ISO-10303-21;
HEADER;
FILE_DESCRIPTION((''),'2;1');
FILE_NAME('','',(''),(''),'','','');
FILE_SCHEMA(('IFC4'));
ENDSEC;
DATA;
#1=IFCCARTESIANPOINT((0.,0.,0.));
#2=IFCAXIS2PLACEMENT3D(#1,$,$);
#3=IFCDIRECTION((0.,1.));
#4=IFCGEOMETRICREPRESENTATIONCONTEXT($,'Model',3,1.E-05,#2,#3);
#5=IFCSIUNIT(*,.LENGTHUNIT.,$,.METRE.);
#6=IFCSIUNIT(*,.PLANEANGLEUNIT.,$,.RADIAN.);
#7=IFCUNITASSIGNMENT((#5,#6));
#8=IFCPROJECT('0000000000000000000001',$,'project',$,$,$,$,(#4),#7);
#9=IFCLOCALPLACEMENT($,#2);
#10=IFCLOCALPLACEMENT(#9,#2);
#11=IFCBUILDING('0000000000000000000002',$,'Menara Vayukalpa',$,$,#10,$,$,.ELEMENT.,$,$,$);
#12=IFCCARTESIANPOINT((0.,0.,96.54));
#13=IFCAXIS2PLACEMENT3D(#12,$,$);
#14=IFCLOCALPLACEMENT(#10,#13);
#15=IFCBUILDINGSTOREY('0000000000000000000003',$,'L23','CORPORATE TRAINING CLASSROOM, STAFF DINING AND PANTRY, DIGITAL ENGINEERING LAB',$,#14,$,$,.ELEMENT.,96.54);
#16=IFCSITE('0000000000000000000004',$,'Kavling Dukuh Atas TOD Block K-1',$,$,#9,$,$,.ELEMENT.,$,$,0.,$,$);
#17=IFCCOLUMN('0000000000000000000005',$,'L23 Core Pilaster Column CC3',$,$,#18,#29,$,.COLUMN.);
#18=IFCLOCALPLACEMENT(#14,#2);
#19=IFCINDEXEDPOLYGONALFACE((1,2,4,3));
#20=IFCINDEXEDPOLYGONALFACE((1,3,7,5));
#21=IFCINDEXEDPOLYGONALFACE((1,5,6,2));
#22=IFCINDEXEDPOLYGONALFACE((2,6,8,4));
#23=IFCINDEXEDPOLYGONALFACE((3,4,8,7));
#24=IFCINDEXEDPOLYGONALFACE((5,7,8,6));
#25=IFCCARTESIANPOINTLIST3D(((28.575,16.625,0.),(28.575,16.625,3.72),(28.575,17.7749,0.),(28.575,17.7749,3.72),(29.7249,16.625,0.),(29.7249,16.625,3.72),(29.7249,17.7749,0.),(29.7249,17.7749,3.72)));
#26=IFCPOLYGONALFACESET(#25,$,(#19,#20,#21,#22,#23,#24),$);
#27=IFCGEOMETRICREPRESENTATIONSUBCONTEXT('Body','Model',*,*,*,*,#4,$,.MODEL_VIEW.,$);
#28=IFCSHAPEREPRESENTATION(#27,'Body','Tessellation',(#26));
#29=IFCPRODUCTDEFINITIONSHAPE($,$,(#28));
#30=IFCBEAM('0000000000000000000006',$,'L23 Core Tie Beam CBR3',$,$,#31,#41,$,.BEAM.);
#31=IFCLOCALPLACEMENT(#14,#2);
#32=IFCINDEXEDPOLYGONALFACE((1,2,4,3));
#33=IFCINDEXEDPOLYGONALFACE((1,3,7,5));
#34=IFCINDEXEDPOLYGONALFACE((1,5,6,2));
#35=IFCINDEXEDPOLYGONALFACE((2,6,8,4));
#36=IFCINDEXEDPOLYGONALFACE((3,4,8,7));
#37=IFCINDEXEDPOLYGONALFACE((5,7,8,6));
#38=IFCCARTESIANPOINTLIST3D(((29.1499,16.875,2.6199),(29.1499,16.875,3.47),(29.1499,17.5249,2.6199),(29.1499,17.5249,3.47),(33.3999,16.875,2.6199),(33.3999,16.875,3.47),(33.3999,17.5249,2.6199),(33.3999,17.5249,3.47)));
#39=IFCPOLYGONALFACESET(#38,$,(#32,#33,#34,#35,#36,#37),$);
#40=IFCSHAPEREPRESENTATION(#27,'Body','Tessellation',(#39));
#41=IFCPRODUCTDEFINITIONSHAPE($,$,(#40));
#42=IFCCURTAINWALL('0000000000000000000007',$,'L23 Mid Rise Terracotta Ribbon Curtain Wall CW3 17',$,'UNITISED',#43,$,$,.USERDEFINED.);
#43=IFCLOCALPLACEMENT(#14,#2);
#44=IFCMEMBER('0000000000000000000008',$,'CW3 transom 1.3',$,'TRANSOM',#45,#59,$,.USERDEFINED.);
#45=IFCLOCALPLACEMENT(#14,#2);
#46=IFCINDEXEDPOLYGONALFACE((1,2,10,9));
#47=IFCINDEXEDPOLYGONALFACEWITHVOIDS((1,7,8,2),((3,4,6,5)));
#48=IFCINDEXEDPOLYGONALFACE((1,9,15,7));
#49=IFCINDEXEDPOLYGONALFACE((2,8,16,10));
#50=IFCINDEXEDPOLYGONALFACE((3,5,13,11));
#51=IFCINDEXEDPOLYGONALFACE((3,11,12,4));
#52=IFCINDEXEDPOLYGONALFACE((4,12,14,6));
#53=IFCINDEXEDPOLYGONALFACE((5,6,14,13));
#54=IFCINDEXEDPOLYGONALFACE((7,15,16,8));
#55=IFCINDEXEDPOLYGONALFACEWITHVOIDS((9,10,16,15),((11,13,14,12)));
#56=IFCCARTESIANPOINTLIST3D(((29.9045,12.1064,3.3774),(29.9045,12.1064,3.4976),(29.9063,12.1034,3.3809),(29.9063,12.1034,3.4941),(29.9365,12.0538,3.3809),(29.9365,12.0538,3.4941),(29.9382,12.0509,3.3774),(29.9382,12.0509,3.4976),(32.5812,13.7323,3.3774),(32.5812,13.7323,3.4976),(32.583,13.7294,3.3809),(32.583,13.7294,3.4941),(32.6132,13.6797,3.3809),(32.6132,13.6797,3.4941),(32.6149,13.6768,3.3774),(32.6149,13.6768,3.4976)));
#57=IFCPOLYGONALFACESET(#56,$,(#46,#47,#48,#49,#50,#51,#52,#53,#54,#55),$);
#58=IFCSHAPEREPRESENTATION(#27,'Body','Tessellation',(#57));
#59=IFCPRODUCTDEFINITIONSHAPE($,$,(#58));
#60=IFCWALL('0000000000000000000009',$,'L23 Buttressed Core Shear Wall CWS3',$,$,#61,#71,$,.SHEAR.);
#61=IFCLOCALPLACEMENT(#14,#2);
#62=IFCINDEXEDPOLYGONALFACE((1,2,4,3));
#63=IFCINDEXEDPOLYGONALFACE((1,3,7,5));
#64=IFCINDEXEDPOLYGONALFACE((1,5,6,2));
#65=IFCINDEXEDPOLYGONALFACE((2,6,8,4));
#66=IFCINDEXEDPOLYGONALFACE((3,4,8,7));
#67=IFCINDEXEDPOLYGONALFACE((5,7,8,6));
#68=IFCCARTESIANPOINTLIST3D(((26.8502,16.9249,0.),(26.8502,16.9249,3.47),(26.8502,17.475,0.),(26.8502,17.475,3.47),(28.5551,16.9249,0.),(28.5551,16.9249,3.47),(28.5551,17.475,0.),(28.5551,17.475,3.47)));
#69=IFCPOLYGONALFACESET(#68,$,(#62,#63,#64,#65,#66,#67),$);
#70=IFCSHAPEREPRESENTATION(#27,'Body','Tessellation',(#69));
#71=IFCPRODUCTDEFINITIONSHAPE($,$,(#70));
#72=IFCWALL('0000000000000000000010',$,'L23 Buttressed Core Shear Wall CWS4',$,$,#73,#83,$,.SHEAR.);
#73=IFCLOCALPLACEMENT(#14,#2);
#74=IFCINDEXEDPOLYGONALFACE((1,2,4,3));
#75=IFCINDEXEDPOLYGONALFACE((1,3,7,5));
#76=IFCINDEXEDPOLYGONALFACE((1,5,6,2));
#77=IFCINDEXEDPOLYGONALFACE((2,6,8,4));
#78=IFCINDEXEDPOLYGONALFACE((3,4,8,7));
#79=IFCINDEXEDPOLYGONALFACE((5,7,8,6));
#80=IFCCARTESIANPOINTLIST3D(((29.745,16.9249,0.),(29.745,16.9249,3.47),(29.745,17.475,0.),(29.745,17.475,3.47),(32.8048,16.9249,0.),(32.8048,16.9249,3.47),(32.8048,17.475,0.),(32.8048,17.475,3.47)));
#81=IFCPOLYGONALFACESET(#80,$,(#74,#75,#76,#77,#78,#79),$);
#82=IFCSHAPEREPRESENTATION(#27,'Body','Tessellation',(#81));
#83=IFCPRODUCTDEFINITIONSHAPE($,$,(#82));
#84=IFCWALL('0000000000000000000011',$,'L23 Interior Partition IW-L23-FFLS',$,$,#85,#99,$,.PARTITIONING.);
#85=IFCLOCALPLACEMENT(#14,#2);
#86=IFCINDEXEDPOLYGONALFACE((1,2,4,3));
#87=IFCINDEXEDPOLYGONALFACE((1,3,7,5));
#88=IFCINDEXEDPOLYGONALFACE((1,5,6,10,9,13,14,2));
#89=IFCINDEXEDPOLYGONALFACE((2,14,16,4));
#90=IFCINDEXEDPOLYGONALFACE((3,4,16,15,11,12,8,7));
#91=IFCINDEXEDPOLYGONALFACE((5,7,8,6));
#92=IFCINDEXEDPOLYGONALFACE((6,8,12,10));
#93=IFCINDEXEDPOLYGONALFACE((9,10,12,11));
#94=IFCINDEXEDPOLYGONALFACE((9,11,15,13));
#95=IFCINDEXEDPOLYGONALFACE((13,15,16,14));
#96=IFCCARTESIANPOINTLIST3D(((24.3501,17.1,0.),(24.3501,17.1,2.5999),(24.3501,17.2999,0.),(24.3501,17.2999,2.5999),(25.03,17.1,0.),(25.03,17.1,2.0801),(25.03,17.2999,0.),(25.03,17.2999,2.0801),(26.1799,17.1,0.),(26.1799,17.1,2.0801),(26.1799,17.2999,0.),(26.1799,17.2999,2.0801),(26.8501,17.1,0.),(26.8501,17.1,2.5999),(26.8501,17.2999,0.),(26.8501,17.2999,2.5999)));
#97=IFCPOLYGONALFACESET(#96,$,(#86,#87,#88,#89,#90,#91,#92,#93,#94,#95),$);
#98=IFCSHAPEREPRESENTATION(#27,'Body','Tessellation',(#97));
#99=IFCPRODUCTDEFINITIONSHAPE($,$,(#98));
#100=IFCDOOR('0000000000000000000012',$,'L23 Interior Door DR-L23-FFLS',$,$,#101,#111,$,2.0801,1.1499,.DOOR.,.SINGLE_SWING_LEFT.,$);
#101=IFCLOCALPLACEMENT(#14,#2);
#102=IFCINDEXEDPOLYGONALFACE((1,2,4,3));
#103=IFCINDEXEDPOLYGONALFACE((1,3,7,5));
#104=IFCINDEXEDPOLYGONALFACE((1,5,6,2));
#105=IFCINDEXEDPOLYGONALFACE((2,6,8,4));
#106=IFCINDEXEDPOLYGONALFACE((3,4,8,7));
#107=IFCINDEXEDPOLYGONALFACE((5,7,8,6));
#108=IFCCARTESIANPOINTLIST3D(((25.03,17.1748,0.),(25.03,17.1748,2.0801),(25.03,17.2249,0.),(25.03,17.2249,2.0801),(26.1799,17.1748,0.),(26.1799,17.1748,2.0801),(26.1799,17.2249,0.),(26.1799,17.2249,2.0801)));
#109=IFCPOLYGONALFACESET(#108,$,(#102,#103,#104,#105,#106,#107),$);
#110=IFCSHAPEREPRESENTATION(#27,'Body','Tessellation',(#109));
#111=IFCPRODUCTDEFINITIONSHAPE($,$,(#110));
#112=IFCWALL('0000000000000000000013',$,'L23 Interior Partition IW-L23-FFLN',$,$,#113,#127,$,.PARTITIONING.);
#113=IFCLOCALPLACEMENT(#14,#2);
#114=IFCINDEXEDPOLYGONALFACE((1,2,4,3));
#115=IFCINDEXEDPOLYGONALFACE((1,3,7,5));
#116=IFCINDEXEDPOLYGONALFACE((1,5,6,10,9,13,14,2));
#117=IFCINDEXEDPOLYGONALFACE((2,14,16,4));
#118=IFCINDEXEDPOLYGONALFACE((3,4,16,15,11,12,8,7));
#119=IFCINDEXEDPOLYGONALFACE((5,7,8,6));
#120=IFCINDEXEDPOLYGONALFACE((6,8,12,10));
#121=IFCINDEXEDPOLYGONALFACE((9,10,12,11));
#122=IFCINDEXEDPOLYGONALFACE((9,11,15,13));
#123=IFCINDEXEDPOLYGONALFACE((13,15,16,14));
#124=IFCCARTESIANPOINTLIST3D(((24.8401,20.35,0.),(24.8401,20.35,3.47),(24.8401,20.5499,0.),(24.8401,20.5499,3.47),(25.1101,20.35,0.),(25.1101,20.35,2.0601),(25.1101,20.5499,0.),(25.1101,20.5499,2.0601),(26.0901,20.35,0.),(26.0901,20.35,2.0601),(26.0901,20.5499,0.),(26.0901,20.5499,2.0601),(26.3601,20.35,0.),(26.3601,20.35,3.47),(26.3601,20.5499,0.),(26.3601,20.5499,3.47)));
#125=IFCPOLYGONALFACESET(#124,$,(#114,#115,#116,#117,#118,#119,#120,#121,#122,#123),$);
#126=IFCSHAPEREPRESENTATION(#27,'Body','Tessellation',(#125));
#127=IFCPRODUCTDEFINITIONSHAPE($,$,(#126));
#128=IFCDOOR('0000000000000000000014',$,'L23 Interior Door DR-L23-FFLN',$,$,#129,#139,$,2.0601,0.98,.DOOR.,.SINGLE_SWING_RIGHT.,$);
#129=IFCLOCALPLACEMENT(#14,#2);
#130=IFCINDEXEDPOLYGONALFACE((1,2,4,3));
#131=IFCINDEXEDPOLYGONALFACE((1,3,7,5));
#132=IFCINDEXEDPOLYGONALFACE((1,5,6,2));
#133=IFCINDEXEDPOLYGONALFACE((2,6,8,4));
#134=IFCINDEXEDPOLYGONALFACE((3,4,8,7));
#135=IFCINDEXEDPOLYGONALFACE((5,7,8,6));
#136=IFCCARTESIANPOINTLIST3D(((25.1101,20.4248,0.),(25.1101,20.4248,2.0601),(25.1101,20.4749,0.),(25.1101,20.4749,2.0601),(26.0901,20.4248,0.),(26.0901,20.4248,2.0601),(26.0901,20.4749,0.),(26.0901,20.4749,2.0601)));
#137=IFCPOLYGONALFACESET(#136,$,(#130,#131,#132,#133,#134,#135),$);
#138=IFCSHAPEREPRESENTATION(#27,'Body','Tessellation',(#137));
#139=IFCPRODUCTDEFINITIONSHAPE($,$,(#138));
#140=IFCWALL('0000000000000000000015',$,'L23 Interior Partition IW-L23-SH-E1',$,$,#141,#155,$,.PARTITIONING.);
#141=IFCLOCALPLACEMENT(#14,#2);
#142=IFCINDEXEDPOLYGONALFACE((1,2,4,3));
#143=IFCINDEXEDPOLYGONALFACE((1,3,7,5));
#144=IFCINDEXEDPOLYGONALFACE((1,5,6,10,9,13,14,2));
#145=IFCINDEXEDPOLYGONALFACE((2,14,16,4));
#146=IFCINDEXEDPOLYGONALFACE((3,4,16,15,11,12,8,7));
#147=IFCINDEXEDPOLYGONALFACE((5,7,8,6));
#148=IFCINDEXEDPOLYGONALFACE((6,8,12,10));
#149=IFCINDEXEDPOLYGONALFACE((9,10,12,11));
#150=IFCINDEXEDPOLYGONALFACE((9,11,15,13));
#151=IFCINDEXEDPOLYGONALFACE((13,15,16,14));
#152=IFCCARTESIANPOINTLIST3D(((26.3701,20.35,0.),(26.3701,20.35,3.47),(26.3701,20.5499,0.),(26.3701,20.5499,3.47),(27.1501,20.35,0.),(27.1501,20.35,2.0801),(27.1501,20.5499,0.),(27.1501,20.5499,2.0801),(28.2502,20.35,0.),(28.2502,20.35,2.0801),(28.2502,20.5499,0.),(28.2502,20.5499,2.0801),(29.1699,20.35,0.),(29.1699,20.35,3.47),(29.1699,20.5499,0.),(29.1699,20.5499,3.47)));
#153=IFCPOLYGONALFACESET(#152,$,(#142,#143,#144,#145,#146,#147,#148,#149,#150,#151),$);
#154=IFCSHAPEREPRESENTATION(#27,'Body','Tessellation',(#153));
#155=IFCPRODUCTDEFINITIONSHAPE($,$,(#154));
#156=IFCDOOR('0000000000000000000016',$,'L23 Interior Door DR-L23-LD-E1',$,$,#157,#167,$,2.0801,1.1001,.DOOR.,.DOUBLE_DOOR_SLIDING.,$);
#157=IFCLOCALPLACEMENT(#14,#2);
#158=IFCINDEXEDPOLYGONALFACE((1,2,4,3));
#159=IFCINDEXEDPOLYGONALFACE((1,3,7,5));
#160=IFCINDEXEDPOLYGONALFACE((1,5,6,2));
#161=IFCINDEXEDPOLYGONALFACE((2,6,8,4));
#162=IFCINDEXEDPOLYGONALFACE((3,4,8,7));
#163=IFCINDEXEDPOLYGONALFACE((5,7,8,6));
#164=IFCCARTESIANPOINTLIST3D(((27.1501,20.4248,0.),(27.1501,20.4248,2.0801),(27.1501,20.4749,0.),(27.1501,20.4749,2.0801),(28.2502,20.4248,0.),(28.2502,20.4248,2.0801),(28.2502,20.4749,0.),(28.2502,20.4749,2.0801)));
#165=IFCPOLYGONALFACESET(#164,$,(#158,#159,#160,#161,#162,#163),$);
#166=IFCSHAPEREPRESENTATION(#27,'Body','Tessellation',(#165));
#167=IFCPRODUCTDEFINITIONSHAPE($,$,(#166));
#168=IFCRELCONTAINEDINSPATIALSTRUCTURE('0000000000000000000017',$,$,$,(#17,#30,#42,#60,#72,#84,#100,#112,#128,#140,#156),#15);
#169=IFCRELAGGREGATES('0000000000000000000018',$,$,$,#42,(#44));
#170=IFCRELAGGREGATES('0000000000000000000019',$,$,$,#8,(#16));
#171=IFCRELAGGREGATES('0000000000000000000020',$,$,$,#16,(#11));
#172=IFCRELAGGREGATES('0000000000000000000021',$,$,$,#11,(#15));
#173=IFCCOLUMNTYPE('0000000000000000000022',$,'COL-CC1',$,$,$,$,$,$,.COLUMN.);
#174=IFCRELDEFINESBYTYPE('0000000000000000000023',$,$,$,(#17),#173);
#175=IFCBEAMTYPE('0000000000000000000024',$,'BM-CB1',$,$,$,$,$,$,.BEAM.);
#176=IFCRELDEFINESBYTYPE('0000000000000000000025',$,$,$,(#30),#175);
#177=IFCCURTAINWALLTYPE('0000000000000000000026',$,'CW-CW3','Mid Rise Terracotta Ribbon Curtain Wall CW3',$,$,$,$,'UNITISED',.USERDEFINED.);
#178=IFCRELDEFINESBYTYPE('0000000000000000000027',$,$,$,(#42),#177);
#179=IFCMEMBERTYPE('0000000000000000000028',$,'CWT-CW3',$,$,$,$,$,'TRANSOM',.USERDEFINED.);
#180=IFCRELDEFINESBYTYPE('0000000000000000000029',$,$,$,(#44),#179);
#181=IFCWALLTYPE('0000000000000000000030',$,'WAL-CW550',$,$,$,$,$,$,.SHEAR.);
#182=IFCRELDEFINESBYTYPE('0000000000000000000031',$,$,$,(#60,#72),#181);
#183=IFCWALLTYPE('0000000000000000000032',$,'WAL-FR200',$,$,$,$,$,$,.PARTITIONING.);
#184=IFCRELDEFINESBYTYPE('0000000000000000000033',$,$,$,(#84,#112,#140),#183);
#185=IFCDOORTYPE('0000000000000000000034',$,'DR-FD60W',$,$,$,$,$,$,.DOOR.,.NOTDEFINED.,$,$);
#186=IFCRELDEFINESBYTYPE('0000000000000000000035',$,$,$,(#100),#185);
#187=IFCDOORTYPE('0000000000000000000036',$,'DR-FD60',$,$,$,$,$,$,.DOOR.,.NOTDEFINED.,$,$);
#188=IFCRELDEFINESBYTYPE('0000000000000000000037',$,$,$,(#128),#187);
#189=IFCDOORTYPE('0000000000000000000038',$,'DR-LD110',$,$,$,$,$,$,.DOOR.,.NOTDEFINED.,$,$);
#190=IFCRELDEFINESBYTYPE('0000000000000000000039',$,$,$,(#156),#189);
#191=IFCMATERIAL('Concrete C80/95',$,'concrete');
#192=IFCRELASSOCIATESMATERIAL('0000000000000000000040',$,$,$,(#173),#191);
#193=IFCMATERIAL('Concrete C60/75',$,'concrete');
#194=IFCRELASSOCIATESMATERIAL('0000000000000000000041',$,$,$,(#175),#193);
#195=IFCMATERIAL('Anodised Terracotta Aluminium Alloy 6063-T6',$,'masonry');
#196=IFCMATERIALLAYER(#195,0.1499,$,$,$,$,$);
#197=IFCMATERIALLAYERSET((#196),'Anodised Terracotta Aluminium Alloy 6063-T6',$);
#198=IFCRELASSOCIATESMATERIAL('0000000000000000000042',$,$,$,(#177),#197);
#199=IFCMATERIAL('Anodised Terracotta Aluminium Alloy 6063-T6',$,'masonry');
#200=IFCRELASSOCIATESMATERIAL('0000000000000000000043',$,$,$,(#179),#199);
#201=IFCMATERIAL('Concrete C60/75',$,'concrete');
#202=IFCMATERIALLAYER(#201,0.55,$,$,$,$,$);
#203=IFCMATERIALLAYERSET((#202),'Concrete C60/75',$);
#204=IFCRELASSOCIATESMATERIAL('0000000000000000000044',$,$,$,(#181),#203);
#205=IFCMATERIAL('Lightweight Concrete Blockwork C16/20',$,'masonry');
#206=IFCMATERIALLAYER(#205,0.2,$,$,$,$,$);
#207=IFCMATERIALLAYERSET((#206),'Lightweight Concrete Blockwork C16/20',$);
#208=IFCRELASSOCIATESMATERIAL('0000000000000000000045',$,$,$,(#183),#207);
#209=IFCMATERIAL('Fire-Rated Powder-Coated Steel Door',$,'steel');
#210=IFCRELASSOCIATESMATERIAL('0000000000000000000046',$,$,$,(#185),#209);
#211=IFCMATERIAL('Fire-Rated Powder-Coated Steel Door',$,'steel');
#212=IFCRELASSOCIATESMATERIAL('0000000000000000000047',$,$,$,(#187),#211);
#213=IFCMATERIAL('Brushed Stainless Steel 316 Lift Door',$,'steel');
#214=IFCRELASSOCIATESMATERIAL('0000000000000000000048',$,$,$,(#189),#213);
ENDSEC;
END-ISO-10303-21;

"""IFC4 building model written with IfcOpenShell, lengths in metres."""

from ifc_helpers import new_model, si_unit, direction, frame, frame_2d, origin, origin_2d, place, context, subcontext, project, spatial, rectangle, hollow_rectangle, extrude, material, layer, layer_set, material_profile, profile_set, type_object, element, fill, aggregate, save


model = new_model("IFC4")

# Units and contexts
model_context = context("Model", 3, precision=1e-05, world=origin(), true_north=direction((0.0, 1.0)))
body_context = subcontext(model_context, "Body", "Model", "MODEL_VIEW")
ifc_project = project(units=[si_unit("LENGTHUNIT", "METRE"), si_unit("PLANEANGLEUNIT", "RADIAN")], contexts=[model_context])

# Site, building, storey
site_placement = place(None, origin())
site = spatial("IfcSite", under=ifc_project, at=site_placement, Name="Kavling Dukuh Atas TOD Block K-1", CompositionType="ELEMENT", RefElevation=0.0)
building_placement = place(site_placement, origin())
building = spatial("IfcBuilding", under=site, at=building_placement, Name="Menara Vayukalpa", CompositionType="ELEMENT")
storey_placement = place(building_placement, frame((0.0, 0.0, 96.54)))
storey = spatial("IfcBuildingStorey", under=building, at=storey_placement, Name="L23", Description="CORPORATE TRAINING CLASSROOM, STAFF DINING AND PANTRY, DIGITAL ENGINEERING LAB", CompositionType="ELEMENT", Elevation=96.54)

# Column
ifc_material_1 = material(Name="Concrete C80/95", Category="concrete")
ifc_material_profile_1 = material_profile(ifc_material_1, rectangle(XDim=1.1499, YDim=1.1499, at=origin_2d()), Name="RC 1150x1150")
ifc_profile_set_1 = profile_set([ifc_material_profile_1], Name="Concrete C80/95")
column_type = type_object("IfcColumnType", Name="COL-CC1", PredefinedType="COLUMN", material=ifc_profile_set_1)
column_placement = place(storey_placement, frame((29.1499, 17.2, 0.0), z_axis=(0.0, 0.0, 1.0), x_axis=(1.0, 0.0, 0.0)))
element("IfcColumn", 1, at=column_placement, inside=storey, type_object=column_type, Name="L23 Core Pilaster Column CC3", PredefinedType="COLUMN", context=body_context, shape_type="SweptSolid", body=[
    extrude(rectangle(XDim=1.1499, YDim=1.1499, at=origin_2d()), origin(), (0.0, 0.0, 1.0), 3.72),
])

# Beam
ifc_material_2 = material(Name="Concrete C60/75", Category="concrete")
ifc_material_profile_2 = material_profile(ifc_material_2, rectangle(XDim=0.6499, YDim=0.8501, at=origin_2d()), Name="RC 650x850")
ifc_profile_set_2 = profile_set([ifc_material_profile_2], Name="Concrete C60/75")
beam_type = type_object("IfcBeamType", Name="BM-CB1", PredefinedType="BEAM", material=ifc_profile_set_2)
beam_placement = place(storey_placement, frame((29.1499, 17.2, 3.0449), z_axis=(1.0, 0.0, 0.0), x_axis=(0.0, 1.0, 0.0)))
element("IfcBeam", 2, at=beam_placement, inside=storey, type_object=beam_type, Name="L23 Core Tie Beam CBR3", PredefinedType="BEAM", context=body_context, shape_type="SweptSolid", body=[
    extrude(rectangle(XDim=0.6499, YDim=0.8501, at=origin_2d()), origin(), (0.0, 0.0, 1.0), 4.25),
])

# Curtain wall, member
ifc_material_3 = material(Name="Anodised Terracotta Aluminium Alloy 6063-T6", Category="masonry")
ifc_layer_1 = layer(ifc_material_3, 0.1499)
ifc_layer_set_1 = layer_set([ifc_layer_1], Name="Anodised Terracotta Aluminium Alloy 6063-T6")
curtain_wall_type = type_object("IfcCurtainWallType", Name="CW-CW3", Description="Mid Rise Terracotta Ribbon Curtain Wall CW3", ElementType="UNITISED", PredefinedType="USERDEFINED", material=ifc_layer_set_1)
curtain_wall_placement = place(storey_placement, origin())
curtain_wall = element("IfcCurtainWall", 3, at=curtain_wall_placement, inside=storey, type_object=curtain_wall_type, Name="L23 Mid Rise Terracotta Ribbon Curtain Wall CW3 17", ObjectType="UNITISED", PredefinedType="USERDEFINED")
ifc_material_4 = material(Name="Anodised Terracotta Aluminium Alloy 6063-T6", Category="masonry")
ifc_material_profile_3 = material_profile(ifc_material_4, hollow_rectangle(XDim=0.0649, YDim=0.1201, WallThickness=0.0034, at=origin_2d()), Name="ALU 65x120x3.5")
ifc_profile_set_3 = profile_set([ifc_material_profile_3], Name="Anodised Terracotta Aluminium Alloy 6063-T6")
member_type = type_object("IfcMemberType", Name="CWT-CW3", ElementType="TRANSOM", PredefinedType="USERDEFINED", material=ifc_profile_set_3)
member_placement = place(storey_placement, frame((29.9214, 12.0786, 3.4375), z_axis=(0.854674, 0.519165, 0.0), x_axis=(-0.519165, 0.854674, 0.0)))
member = element("IfcMember", 4, at=member_placement, type_object=member_type, Name="CW3 transom 1.3", ObjectType="TRANSOM", PredefinedType="USERDEFINED", context=body_context, shape_type="SweptSolid", body=[
    extrude(hollow_rectangle(XDim=0.0649, YDim=0.1201, WallThickness=0.0034, at=origin_2d()), origin(), (0.0, 0.0, 1.0), 3.1318),
])
aggregate(curtain_wall, [member])

# Walls
ifc_material_5 = material(Name="Concrete C60/75", Category="concrete")
ifc_layer_2 = layer(ifc_material_5, 0.55)
ifc_layer_set_2 = layer_set([ifc_layer_2], Name="Concrete C60/75")
wall_type_1 = type_object("IfcWallType", Name="WAL-CW550", PredefinedType="SHEAR", material=ifc_layer_set_2)
wall_1_placement = place(storey_placement, frame((26.8501, 17.2, 0.0), z_axis=(0.0, 0.0, 1.0), x_axis=(1.0, 0.0, 0.0)))
element("IfcWall", 5, at=wall_1_placement, inside=storey, type_object=wall_type_1, Name="L23 Buttressed Core Shear Wall CWS3", PredefinedType="SHEAR", context=body_context, shape_type="SweptSolid", body=[
    extrude(rectangle(XDim=1.7048, YDim=0.55, at=frame_2d((0.8525, 0.0))), origin(), (0.0, 0.0, 1.0), 3.47),
])
wall_2_placement = place(storey_placement, frame((29.7451, 17.2, 0.0), z_axis=(0.0, 0.0, 1.0), x_axis=(1.0, 0.0, 0.0)))
element("IfcWall", 6, at=wall_2_placement, inside=storey, type_object=wall_type_1, Name="L23 Buttressed Core Shear Wall CWS4", PredefinedType="SHEAR", context=body_context, shape_type="SweptSolid", body=[
    extrude(rectangle(XDim=3.0598, YDim=0.55, at=frame_2d((1.5298, 0.0))), origin(), (0.0, 0.0, 1.0), 3.47),
])

# Walls, openings, doors
ifc_material_6 = material(Name="Lightweight Concrete Blockwork C16/20", Category="masonry")
ifc_layer_3 = layer(ifc_material_6, 0.2)
ifc_layer_set_3 = layer_set([ifc_layer_3], Name="Lightweight Concrete Blockwork C16/20")
wall_type_2 = type_object("IfcWallType", Name="WAL-FR200", PredefinedType="PARTITIONING", material=ifc_layer_set_3)
wall_3_placement = place(storey_placement, frame((24.3501, 17.2, 0.0), z_axis=(0.0, 0.0, 1.0), x_axis=(1.0, 0.0, 0.0)))
wall_3 = element("IfcWall", 7, at=wall_3_placement, inside=storey, type_object=wall_type_2, Name="L23 Interior Partition IW-L23-FFLS", PredefinedType="PARTITIONING", context=body_context, shape_type="SweptSolid", body=[
    extrude(rectangle(XDim=2.5, YDim=0.2, at=frame_2d((1.25, 0.0))), origin(), (0.0, 0.0, 1.0), 2.5999),
])
opening_1_placement = place(wall_3_placement, frame((0.6799, 0.0, 0.0)))
opening_1 = element("IfcOpeningElement", 8, at=opening_1_placement, cuts=wall_3, PredefinedType="OPENING", context=body_context, shape_type="SweptSolid", body=[
    extrude(rectangle(XDim=1.1499, YDim=2.0801, at=frame_2d((0.575, 1.04))), frame((0.0, 0.1099, 0.0), z_axis=(0.0, -1.0, 0.0), x_axis=(1.0, 0.0, 0.0)), (0.0, 0.0, 1.0), 0.22),
])
ifc_material_7 = material(Name="Fire-Rated Powder-Coated Steel Door", Category="steel")
door_type_1 = type_object("IfcDoorType", Name="DR-FD60W", OperationType="NOTDEFINED", PredefinedType="DOOR", material=ifc_material_7)
door_1_placement = place(opening_1_placement, origin())
door_1 = element("IfcDoor", 9, at=door_1_placement, inside=storey, type_object=door_type_1, Name="L23 Interior Door DR-L23-FFLS", OperationType="SINGLE_SWING_LEFT", OverallHeight=2.0801, OverallWidth=1.1499, PredefinedType="DOOR", context=body_context, shape_type="SweptSolid", body=[
    extrude(rectangle(XDim=1.1499, YDim=2.0801, at=frame_2d((0.575, 1.04))), frame((0.0, 0.0249, 0.0), z_axis=(0.0, -1.0, 0.0), x_axis=(1.0, 0.0, 0.0)), (0.0, 0.0, 1.0), 0.05),
])
fill(opening_1, door_1)
wall_4_placement = place(storey_placement, frame((24.8401, 20.45, 0.0), z_axis=(0.0, 0.0, 1.0), x_axis=(1.0, 0.0, 0.0)))
wall_4 = element("IfcWall", 10, at=wall_4_placement, inside=storey, type_object=wall_type_2, Name="L23 Interior Partition IW-L23-FFLN", PredefinedType="PARTITIONING", context=body_context, shape_type="SweptSolid", body=[
    extrude(rectangle(XDim=1.52, YDim=0.2, at=frame_2d((0.76, 0.0))), origin(), (0.0, 0.0, 1.0), 3.47),
])
opening_2_placement = place(wall_4_placement, frame((0.27, 0.0, 0.0)))
opening_2 = element("IfcOpeningElement", 11, at=opening_2_placement, cuts=wall_4, PredefinedType="OPENING", context=body_context, shape_type="SweptSolid", body=[
    extrude(rectangle(XDim=0.98, YDim=2.0601, at=frame_2d((0.49, 1.03))), frame((0.0, 0.1099, 0.0), z_axis=(0.0, -1.0, 0.0), x_axis=(1.0, 0.0, 0.0)), (0.0, 0.0, 1.0), 0.22),
])
ifc_material_8 = material(Name="Fire-Rated Powder-Coated Steel Door", Category="steel")
door_type_2 = type_object("IfcDoorType", Name="DR-FD60", OperationType="NOTDEFINED", PredefinedType="DOOR", material=ifc_material_8)
door_2_placement = place(opening_2_placement, origin())
door_2 = element("IfcDoor", 12, at=door_2_placement, inside=storey, type_object=door_type_2, Name="L23 Interior Door DR-L23-FFLN", OperationType="SINGLE_SWING_RIGHT", OverallHeight=2.0601, OverallWidth=0.98, PredefinedType="DOOR", context=body_context, shape_type="SweptSolid", body=[
    extrude(rectangle(XDim=0.98, YDim=2.0601, at=frame_2d((0.49, 1.03))), frame((0.0, 0.0249, 0.0), z_axis=(0.0, -1.0, 0.0), x_axis=(1.0, 0.0, 0.0)), (0.0, 0.0, 1.0), 0.05),
])
fill(opening_2, door_2)
wall_5_placement = place(storey_placement, frame((26.3701, 20.45, 0.0), z_axis=(0.0, 0.0, 1.0), x_axis=(1.0, 0.0, 0.0)))
wall_5 = element("IfcWall", 13, at=wall_5_placement, inside=storey, type_object=wall_type_2, Name="L23 Interior Partition IW-L23-SH-E1", PredefinedType="PARTITIONING", context=body_context, shape_type="SweptSolid", body=[
    extrude(rectangle(XDim=2.7998, YDim=0.2, at=frame_2d((1.3999, 0.0))), origin(), (0.0, 0.0, 1.0), 3.47),
])
opening_3_placement = place(wall_5_placement, frame((0.78, 0.0, 0.0)))
opening_3 = element("IfcOpeningElement", 14, at=opening_3_placement, cuts=wall_5, PredefinedType="OPENING", context=body_context, shape_type="SweptSolid", body=[
    extrude(rectangle(XDim=1.1001, YDim=2.0801, at=frame_2d((0.55, 1.04))), frame((0.0, 0.1099, 0.0), z_axis=(0.0, -1.0, 0.0), x_axis=(1.0, 0.0, 0.0)), (0.0, 0.0, 1.0), 0.22),
])
ifc_material_9 = material(Name="Brushed Stainless Steel 316 Lift Door", Category="steel")
door_type_3 = type_object("IfcDoorType", Name="DR-LD110", OperationType="NOTDEFINED", PredefinedType="DOOR", material=ifc_material_9)
door_3_placement = place(opening_3_placement, origin())
door_3 = element("IfcDoor", 15, at=door_3_placement, inside=storey, type_object=door_type_3, Name="L23 Interior Door DR-L23-LD-E1", OperationType="DOUBLE_DOOR_SLIDING", OverallHeight=2.0801, OverallWidth=1.1001, PredefinedType="DOOR", context=body_context, shape_type="SweptSolid", body=[
    extrude(rectangle(XDim=1.1001, YDim=2.0801, at=frame_2d((0.55, 1.04))), frame((0.0, 0.0249, 0.0), z_axis=(0.0, -1.0, 0.0), x_axis=(1.0, 0.0, 0.0)), (0.0, 0.0, 1.0), 0.05),
])
fill(opening_3, door_3)

save(model, "model.ifc")
